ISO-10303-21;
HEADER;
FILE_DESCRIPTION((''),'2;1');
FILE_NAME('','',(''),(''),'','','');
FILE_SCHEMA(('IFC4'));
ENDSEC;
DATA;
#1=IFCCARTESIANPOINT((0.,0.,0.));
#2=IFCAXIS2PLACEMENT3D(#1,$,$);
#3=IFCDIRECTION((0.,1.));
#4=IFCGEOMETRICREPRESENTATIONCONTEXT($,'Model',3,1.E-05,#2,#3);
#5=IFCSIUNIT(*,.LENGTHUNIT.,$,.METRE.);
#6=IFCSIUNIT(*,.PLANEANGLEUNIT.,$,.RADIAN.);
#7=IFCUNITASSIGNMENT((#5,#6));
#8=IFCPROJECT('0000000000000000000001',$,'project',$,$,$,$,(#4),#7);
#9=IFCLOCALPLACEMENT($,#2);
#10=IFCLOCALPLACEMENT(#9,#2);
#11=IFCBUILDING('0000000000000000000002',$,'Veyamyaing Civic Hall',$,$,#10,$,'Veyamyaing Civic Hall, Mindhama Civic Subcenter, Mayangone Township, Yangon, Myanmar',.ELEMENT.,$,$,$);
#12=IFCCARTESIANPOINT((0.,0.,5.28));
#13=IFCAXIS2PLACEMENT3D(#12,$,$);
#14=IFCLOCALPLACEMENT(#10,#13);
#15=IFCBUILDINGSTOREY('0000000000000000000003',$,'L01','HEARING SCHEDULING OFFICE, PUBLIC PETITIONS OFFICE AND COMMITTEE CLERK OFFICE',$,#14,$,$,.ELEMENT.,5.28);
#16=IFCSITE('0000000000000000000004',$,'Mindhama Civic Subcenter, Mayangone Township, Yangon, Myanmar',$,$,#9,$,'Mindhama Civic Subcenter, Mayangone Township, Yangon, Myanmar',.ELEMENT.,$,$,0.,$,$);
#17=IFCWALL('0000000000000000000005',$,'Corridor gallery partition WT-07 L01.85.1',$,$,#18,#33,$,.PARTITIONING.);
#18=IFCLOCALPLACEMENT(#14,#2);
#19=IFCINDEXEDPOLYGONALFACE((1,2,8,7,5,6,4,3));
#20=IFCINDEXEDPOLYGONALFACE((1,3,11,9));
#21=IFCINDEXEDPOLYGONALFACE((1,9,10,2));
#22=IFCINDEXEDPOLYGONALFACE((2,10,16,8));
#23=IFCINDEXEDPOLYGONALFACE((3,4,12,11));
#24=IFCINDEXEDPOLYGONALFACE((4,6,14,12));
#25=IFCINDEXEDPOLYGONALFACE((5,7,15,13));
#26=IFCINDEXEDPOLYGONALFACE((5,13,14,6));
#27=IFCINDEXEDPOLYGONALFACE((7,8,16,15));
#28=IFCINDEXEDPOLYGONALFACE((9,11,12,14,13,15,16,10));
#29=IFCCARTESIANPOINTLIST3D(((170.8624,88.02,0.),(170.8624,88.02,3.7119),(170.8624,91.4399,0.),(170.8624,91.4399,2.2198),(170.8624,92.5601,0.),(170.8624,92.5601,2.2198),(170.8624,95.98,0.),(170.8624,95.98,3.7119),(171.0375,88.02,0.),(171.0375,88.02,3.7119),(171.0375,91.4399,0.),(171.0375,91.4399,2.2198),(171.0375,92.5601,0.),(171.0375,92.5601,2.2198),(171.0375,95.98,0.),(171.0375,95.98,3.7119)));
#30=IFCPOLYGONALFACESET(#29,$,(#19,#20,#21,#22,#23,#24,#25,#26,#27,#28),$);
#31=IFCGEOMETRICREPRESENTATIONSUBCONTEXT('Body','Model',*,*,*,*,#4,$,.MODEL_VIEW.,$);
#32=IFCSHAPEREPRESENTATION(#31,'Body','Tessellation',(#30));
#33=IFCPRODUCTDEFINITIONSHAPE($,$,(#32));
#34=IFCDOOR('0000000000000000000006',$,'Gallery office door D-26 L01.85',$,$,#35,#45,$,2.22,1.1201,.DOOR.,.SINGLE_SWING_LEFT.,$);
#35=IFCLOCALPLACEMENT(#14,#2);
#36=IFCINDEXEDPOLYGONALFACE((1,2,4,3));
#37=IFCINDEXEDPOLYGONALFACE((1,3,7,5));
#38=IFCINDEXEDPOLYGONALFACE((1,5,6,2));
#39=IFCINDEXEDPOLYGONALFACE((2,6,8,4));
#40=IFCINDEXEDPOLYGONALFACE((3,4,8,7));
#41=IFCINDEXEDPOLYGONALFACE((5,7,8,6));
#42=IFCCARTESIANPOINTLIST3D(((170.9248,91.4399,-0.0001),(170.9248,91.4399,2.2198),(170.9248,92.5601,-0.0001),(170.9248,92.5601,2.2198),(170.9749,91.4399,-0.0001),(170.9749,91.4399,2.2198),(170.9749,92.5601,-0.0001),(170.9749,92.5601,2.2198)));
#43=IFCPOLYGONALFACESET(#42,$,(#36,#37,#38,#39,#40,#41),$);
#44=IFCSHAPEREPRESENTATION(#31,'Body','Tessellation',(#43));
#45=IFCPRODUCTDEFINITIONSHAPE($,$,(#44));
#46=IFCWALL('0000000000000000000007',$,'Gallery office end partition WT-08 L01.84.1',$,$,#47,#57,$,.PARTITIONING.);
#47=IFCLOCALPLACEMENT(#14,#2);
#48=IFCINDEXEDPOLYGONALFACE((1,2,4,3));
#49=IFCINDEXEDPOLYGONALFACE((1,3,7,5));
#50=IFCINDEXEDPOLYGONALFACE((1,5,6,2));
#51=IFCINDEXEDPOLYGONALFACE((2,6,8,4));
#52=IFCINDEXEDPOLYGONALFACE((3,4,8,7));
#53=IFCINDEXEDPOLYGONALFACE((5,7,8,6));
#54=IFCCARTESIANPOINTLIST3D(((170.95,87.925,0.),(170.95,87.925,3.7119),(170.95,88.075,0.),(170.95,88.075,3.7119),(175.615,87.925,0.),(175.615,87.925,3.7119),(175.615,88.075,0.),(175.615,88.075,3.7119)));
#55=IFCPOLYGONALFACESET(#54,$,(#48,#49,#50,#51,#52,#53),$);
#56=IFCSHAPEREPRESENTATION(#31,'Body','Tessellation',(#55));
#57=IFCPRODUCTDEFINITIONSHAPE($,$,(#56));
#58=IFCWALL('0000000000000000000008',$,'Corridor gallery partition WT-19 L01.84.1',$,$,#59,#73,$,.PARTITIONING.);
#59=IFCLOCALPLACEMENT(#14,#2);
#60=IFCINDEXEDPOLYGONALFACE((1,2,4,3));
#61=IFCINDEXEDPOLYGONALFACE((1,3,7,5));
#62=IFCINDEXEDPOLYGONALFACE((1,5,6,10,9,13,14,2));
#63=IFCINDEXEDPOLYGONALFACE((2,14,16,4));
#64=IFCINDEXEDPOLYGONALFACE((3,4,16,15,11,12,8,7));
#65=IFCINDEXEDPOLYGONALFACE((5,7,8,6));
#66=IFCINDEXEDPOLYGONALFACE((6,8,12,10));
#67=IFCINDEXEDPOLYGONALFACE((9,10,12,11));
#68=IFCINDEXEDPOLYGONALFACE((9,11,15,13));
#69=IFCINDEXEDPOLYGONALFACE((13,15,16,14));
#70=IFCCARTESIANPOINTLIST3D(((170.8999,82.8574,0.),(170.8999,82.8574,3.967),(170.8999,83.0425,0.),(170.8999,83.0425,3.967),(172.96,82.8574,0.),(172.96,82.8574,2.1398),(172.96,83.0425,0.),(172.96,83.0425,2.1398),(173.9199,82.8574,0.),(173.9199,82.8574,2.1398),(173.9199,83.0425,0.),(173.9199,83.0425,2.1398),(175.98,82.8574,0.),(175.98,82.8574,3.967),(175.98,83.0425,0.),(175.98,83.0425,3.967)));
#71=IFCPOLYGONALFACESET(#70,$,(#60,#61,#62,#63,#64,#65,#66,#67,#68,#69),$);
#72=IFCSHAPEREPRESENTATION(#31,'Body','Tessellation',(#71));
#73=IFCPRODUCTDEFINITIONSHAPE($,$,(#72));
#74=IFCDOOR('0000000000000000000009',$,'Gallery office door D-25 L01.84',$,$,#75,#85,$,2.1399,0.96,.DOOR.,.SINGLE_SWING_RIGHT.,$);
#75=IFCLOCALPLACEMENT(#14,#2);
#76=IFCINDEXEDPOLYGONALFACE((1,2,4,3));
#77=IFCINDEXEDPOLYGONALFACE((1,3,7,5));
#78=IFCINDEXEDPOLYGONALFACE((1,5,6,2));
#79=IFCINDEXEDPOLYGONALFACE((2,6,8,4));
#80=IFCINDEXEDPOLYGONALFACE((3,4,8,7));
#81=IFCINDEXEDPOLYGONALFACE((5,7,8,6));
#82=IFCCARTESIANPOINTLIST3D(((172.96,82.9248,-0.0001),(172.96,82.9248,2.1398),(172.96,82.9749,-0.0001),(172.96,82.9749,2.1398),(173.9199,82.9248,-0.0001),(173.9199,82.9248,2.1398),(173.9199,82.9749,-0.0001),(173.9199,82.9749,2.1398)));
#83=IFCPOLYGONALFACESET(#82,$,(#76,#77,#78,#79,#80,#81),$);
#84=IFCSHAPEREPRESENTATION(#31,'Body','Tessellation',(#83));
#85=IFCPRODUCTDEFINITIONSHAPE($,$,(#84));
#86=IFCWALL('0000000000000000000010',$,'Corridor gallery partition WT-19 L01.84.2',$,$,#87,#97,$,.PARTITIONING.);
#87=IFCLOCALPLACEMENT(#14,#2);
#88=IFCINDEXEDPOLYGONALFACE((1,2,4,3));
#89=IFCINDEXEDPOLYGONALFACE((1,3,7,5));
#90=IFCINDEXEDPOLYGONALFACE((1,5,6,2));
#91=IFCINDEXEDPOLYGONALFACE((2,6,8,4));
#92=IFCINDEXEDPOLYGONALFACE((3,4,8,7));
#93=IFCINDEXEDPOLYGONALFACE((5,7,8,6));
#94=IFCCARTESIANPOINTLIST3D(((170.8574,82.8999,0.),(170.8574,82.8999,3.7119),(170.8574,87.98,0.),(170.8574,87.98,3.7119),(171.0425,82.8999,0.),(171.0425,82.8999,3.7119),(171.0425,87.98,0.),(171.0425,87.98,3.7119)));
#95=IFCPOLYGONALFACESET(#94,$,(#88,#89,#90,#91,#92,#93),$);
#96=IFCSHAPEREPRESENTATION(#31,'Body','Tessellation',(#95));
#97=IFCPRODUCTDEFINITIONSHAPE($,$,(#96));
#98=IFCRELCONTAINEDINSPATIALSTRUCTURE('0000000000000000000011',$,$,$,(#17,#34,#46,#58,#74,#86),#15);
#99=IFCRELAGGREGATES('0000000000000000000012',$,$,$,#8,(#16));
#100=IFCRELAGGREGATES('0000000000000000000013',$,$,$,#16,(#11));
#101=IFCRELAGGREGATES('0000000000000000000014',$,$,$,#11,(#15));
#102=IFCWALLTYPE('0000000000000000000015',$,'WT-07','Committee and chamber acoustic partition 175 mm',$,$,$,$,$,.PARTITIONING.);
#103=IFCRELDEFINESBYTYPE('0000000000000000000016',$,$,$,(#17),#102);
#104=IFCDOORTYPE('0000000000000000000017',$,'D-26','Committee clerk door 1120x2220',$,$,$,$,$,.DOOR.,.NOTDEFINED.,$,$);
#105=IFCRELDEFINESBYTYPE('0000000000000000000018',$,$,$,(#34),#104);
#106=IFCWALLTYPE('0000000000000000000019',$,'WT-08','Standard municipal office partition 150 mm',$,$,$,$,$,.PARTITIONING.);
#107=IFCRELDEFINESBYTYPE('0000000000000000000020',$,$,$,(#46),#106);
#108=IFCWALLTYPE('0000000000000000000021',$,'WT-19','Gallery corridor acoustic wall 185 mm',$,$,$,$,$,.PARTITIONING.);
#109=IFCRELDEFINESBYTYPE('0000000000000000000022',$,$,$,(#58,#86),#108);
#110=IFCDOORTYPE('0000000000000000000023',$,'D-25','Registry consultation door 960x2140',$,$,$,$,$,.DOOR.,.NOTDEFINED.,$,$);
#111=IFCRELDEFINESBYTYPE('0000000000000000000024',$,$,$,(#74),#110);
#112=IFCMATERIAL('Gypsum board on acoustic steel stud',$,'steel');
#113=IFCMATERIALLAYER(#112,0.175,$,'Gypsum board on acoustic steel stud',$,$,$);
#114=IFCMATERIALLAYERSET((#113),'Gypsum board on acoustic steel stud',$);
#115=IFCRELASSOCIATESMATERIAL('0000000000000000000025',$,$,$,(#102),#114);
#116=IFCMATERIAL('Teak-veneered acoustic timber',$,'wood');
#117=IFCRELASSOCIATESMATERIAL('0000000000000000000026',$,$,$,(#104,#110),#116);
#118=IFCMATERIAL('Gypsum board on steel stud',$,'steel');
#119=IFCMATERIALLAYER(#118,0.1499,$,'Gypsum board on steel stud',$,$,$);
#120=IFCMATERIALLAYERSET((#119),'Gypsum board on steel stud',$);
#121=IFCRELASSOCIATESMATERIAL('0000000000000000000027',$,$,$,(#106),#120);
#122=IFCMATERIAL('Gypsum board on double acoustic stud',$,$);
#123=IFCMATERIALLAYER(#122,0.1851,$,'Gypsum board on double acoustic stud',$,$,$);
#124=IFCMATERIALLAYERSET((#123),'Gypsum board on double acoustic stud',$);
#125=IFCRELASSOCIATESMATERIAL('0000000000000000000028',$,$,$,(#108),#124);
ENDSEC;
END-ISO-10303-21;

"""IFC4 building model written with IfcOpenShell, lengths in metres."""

from ifc_helpers import new_model, si_unit, direction, frame, frame_2d, origin, place, context, subcontext, project, spatial, rectangle, extrude, material, layer, layer_set, type_object, element, fill, save


model = new_model("IFC4")

# Units and contexts
model_context = context("Model", 3, precision=1e-05, world=origin(), true_north=direction((0.0, 1.0)))
body_context = subcontext(model_context, "Body", "Model", "MODEL_VIEW")
ifc_project = project(units=[si_unit("LENGTHUNIT", "METRE"), si_unit("PLANEANGLEUNIT", "RADIAN")], contexts=[model_context])

# Site, building, storey
site_placement = place(None, origin())
site = spatial("IfcSite", under=ifc_project, at=site_placement, Name="Mindhama Civic Subcenter, Mayangone Township, Yangon, Myanmar", LongName="Mindhama Civic Subcenter, Mayangone Township, Yangon, Myanmar", CompositionType="ELEMENT", RefElevation=0.0)
building_placement = place(site_placement, origin())
building = spatial("IfcBuilding", under=site, at=building_placement, Name="Veyamyaing Civic Hall", LongName="Veyamyaing Civic Hall, Mindhama Civic Subcenter, Mayangone Township, Yangon, Myanmar", CompositionType="ELEMENT")
storey_placement = place(building_placement, frame((0.0, 0.0, 5.28)))
storey = spatial("IfcBuildingStorey", under=building, at=storey_placement, Name="L01", Description="HEARING SCHEDULING OFFICE, PUBLIC PETITIONS OFFICE AND COMMITTEE CLERK OFFICE", CompositionType="ELEMENT", Elevation=5.28)

# Wall, opening, door
ifc_material_1 = material(Name="Gypsum board on acoustic steel stud", Category="steel")
ifc_layer_1 = layer(ifc_material_1, 0.175, Name="Gypsum board on acoustic steel stud")
ifc_layer_set_1 = layer_set([ifc_layer_1], Name="Gypsum board on acoustic steel stud")
wall_type_1 = type_object("IfcWallType", Name="WT-07", Description="Committee and chamber acoustic partition 175 mm", PredefinedType="PARTITIONING", material=ifc_layer_set_1)
wall_1_placement = place(storey_placement, frame((170.95, 88.02, 0.0), z_axis=(0.0, 0.0, 1.0), x_axis=(0.0, 1.0, 0.0)))
wall_1 = element("IfcWall", 1, at=wall_1_placement, inside=storey, type_object=wall_type_1, Name="Corridor gallery partition WT-07 L01.85.1", PredefinedType="PARTITIONING", context=body_context, shape_type="SweptSolid", body=[
    extrude(rectangle(XDim=7.96, YDim=0.175, at=frame_2d((3.98, 0.0))), origin(), (0.0, 0.0, 1.0), 3.7119),
])
opening_1_placement = place(wall_1_placement, frame((3.4199, 0.0, 0.0)))
opening_1 = element("IfcOpeningElement", 2, at=opening_1_placement, cuts=wall_1, PredefinedType="OPENING", context=body_context, shape_type="SweptSolid", body=[
    extrude(rectangle(XDim=1.1201, YDim=2.22, at=frame_2d((0.5601, 1.1099))), frame((0.0, 0.0974, 0.0), z_axis=(0.0, -1.0, 0.0), x_axis=(1.0, 0.0, 0.0)), (0.0, 0.0, 1.0), 0.1951),
])
ifc_material_2 = material(Name="Teak-veneered acoustic timber", Category="wood")
door_type_1 = type_object("IfcDoorType", Name="D-26", Description="Committee clerk door 1120x2220", OperationType="NOTDEFINED", PredefinedType="DOOR", material=ifc_material_2)
door_1_placement = place(opening_1_placement, frame((1.1201, 0.0, 0.0), z_axis=(0.0, 0.0, 1.0), x_axis=(-1.0, 0.0, 0.0)))
door_1 = element("IfcDoor", 3, at=door_1_placement, inside=storey, type_object=door_type_1, Name="Gallery office door D-26 L01.85", OperationType="SINGLE_SWING_LEFT", OverallHeight=2.22, OverallWidth=1.1201, PredefinedType="DOOR", context=body_context, shape_type="SweptSolid", body=[
    extrude(rectangle(XDim=1.1201, YDim=2.22, at=frame_2d((0.5601, 1.1099))), frame((0.0, 0.0249, 0.0), z_axis=(0.0, -1.0, 0.0), x_axis=(1.0, 0.0, 0.0)), (0.0, 0.0, 1.0), 0.05),
])
fill(opening_1, door_1)

# Wall
ifc_material_3 = material(Name="Gypsum board on steel stud", Category="steel")
ifc_layer_2 = layer(ifc_material_3, 0.1499, Name="Gypsum board on steel stud")
ifc_layer_set_2 = layer_set([ifc_layer_2], Name="Gypsum board on steel stud")
wall_type_2 = type_object("IfcWallType", Name="WT-08", Description="Standard municipal office partition 150 mm", PredefinedType="PARTITIONING", material=ifc_layer_set_2)
wall_2_placement = place(storey_placement, frame((170.95, 88.0, 0.0), z_axis=(0.0, 0.0, 1.0), x_axis=(1.0, 0.0, 0.0)))
element("IfcWall", 4, at=wall_2_placement, inside=storey, type_object=wall_type_2, Name="Gallery office end partition WT-08 L01.84.1", PredefinedType="PARTITIONING", context=body_context, shape_type="SweptSolid", body=[
    extrude(rectangle(XDim=4.665, YDim=0.1499, at=frame_2d((2.3325, 0.0))), origin(), (0.0, 0.0, 1.0), 3.7119),
])

# Wall, opening, door
ifc_material_4 = material(Name="Gypsum board on double acoustic stud")
ifc_layer_3 = layer(ifc_material_4, 0.1851, Name="Gypsum board on double acoustic stud")
ifc_layer_set_3 = layer_set([ifc_layer_3], Name="Gypsum board on double acoustic stud")
wall_type_3 = type_object("IfcWallType", Name="WT-19", Description="Gallery corridor acoustic wall 185 mm", PredefinedType="PARTITIONING", material=ifc_layer_set_3)
wall_3_placement = place(storey_placement, frame((170.8999, 82.95, 0.0), z_axis=(0.0, 0.0, 1.0), x_axis=(1.0, 0.0, 0.0)))
wall_3 = element("IfcWall", 5, at=wall_3_placement, inside=storey, type_object=wall_type_3, Name="Corridor gallery partition WT-19 L01.84.1", PredefinedType="PARTITIONING", context=body_context, shape_type="SweptSolid", body=[
    extrude(rectangle(XDim=5.0801, YDim=0.1851, at=frame_2d((2.54, 0.0))), origin(), (0.0, 0.0, 1.0), 3.967),
])
opening_2_placement = place(wall_3_placement, frame((2.0601, 0.0, 0.0)))
opening_2 = element("IfcOpeningElement", 6, at=opening_2_placement, cuts=wall_3, PredefinedType="OPENING", context=body_context, shape_type="SweptSolid", body=[
    extrude(rectangle(XDim=0.96, YDim=2.1399, at=frame_2d((0.48, 1.0698))), frame((0.0, 0.1025, 0.0), z_axis=(0.0, -1.0, 0.0), x_axis=(1.0, 0.0, 0.0)), (0.0, 0.0, 1.0), 0.2051),
])
door_type_2 = type_object("IfcDoorType", Name="D-25", Description="Registry consultation door 960x2140", OperationType="NOTDEFINED", PredefinedType="DOOR", material=ifc_material_2)
door_2_placement = place(opening_2_placement, origin())
door_2 = element("IfcDoor", 7, at=door_2_placement, inside=storey, type_object=door_type_2, Name="Gallery office door D-25 L01.84", OperationType="SINGLE_SWING_RIGHT", OverallHeight=2.1399, OverallWidth=0.96, PredefinedType="DOOR", context=body_context, shape_type="SweptSolid", body=[
    extrude(rectangle(XDim=0.96, YDim=2.1399, at=frame_2d((0.48, 1.0698))), frame((0.0, 0.0249, 0.0), z_axis=(0.0, -1.0, 0.0), x_axis=(1.0, 0.0, 0.0)), (0.0, 0.0, 1.0), 0.05),
])
fill(opening_2, door_2)

# Wall
wall_4_placement = place(storey_placement, frame((170.95, 82.8999, 0.0), z_axis=(0.0, 0.0, 1.0), x_axis=(0.0, 1.0, 0.0)))
element("IfcWall", 8, at=wall_4_placement, inside=storey, type_object=wall_type_3, Name="Corridor gallery partition WT-19 L01.84.2", PredefinedType="PARTITIONING", context=body_context, shape_type="SweptSolid", body=[
    extrude(rectangle(XDim=5.0801, YDim=0.1851, at=frame_2d((2.54, 0.0))), origin(), (0.0, 0.0, 1.0), 3.7119),
])

save(model, "model.ifc")
